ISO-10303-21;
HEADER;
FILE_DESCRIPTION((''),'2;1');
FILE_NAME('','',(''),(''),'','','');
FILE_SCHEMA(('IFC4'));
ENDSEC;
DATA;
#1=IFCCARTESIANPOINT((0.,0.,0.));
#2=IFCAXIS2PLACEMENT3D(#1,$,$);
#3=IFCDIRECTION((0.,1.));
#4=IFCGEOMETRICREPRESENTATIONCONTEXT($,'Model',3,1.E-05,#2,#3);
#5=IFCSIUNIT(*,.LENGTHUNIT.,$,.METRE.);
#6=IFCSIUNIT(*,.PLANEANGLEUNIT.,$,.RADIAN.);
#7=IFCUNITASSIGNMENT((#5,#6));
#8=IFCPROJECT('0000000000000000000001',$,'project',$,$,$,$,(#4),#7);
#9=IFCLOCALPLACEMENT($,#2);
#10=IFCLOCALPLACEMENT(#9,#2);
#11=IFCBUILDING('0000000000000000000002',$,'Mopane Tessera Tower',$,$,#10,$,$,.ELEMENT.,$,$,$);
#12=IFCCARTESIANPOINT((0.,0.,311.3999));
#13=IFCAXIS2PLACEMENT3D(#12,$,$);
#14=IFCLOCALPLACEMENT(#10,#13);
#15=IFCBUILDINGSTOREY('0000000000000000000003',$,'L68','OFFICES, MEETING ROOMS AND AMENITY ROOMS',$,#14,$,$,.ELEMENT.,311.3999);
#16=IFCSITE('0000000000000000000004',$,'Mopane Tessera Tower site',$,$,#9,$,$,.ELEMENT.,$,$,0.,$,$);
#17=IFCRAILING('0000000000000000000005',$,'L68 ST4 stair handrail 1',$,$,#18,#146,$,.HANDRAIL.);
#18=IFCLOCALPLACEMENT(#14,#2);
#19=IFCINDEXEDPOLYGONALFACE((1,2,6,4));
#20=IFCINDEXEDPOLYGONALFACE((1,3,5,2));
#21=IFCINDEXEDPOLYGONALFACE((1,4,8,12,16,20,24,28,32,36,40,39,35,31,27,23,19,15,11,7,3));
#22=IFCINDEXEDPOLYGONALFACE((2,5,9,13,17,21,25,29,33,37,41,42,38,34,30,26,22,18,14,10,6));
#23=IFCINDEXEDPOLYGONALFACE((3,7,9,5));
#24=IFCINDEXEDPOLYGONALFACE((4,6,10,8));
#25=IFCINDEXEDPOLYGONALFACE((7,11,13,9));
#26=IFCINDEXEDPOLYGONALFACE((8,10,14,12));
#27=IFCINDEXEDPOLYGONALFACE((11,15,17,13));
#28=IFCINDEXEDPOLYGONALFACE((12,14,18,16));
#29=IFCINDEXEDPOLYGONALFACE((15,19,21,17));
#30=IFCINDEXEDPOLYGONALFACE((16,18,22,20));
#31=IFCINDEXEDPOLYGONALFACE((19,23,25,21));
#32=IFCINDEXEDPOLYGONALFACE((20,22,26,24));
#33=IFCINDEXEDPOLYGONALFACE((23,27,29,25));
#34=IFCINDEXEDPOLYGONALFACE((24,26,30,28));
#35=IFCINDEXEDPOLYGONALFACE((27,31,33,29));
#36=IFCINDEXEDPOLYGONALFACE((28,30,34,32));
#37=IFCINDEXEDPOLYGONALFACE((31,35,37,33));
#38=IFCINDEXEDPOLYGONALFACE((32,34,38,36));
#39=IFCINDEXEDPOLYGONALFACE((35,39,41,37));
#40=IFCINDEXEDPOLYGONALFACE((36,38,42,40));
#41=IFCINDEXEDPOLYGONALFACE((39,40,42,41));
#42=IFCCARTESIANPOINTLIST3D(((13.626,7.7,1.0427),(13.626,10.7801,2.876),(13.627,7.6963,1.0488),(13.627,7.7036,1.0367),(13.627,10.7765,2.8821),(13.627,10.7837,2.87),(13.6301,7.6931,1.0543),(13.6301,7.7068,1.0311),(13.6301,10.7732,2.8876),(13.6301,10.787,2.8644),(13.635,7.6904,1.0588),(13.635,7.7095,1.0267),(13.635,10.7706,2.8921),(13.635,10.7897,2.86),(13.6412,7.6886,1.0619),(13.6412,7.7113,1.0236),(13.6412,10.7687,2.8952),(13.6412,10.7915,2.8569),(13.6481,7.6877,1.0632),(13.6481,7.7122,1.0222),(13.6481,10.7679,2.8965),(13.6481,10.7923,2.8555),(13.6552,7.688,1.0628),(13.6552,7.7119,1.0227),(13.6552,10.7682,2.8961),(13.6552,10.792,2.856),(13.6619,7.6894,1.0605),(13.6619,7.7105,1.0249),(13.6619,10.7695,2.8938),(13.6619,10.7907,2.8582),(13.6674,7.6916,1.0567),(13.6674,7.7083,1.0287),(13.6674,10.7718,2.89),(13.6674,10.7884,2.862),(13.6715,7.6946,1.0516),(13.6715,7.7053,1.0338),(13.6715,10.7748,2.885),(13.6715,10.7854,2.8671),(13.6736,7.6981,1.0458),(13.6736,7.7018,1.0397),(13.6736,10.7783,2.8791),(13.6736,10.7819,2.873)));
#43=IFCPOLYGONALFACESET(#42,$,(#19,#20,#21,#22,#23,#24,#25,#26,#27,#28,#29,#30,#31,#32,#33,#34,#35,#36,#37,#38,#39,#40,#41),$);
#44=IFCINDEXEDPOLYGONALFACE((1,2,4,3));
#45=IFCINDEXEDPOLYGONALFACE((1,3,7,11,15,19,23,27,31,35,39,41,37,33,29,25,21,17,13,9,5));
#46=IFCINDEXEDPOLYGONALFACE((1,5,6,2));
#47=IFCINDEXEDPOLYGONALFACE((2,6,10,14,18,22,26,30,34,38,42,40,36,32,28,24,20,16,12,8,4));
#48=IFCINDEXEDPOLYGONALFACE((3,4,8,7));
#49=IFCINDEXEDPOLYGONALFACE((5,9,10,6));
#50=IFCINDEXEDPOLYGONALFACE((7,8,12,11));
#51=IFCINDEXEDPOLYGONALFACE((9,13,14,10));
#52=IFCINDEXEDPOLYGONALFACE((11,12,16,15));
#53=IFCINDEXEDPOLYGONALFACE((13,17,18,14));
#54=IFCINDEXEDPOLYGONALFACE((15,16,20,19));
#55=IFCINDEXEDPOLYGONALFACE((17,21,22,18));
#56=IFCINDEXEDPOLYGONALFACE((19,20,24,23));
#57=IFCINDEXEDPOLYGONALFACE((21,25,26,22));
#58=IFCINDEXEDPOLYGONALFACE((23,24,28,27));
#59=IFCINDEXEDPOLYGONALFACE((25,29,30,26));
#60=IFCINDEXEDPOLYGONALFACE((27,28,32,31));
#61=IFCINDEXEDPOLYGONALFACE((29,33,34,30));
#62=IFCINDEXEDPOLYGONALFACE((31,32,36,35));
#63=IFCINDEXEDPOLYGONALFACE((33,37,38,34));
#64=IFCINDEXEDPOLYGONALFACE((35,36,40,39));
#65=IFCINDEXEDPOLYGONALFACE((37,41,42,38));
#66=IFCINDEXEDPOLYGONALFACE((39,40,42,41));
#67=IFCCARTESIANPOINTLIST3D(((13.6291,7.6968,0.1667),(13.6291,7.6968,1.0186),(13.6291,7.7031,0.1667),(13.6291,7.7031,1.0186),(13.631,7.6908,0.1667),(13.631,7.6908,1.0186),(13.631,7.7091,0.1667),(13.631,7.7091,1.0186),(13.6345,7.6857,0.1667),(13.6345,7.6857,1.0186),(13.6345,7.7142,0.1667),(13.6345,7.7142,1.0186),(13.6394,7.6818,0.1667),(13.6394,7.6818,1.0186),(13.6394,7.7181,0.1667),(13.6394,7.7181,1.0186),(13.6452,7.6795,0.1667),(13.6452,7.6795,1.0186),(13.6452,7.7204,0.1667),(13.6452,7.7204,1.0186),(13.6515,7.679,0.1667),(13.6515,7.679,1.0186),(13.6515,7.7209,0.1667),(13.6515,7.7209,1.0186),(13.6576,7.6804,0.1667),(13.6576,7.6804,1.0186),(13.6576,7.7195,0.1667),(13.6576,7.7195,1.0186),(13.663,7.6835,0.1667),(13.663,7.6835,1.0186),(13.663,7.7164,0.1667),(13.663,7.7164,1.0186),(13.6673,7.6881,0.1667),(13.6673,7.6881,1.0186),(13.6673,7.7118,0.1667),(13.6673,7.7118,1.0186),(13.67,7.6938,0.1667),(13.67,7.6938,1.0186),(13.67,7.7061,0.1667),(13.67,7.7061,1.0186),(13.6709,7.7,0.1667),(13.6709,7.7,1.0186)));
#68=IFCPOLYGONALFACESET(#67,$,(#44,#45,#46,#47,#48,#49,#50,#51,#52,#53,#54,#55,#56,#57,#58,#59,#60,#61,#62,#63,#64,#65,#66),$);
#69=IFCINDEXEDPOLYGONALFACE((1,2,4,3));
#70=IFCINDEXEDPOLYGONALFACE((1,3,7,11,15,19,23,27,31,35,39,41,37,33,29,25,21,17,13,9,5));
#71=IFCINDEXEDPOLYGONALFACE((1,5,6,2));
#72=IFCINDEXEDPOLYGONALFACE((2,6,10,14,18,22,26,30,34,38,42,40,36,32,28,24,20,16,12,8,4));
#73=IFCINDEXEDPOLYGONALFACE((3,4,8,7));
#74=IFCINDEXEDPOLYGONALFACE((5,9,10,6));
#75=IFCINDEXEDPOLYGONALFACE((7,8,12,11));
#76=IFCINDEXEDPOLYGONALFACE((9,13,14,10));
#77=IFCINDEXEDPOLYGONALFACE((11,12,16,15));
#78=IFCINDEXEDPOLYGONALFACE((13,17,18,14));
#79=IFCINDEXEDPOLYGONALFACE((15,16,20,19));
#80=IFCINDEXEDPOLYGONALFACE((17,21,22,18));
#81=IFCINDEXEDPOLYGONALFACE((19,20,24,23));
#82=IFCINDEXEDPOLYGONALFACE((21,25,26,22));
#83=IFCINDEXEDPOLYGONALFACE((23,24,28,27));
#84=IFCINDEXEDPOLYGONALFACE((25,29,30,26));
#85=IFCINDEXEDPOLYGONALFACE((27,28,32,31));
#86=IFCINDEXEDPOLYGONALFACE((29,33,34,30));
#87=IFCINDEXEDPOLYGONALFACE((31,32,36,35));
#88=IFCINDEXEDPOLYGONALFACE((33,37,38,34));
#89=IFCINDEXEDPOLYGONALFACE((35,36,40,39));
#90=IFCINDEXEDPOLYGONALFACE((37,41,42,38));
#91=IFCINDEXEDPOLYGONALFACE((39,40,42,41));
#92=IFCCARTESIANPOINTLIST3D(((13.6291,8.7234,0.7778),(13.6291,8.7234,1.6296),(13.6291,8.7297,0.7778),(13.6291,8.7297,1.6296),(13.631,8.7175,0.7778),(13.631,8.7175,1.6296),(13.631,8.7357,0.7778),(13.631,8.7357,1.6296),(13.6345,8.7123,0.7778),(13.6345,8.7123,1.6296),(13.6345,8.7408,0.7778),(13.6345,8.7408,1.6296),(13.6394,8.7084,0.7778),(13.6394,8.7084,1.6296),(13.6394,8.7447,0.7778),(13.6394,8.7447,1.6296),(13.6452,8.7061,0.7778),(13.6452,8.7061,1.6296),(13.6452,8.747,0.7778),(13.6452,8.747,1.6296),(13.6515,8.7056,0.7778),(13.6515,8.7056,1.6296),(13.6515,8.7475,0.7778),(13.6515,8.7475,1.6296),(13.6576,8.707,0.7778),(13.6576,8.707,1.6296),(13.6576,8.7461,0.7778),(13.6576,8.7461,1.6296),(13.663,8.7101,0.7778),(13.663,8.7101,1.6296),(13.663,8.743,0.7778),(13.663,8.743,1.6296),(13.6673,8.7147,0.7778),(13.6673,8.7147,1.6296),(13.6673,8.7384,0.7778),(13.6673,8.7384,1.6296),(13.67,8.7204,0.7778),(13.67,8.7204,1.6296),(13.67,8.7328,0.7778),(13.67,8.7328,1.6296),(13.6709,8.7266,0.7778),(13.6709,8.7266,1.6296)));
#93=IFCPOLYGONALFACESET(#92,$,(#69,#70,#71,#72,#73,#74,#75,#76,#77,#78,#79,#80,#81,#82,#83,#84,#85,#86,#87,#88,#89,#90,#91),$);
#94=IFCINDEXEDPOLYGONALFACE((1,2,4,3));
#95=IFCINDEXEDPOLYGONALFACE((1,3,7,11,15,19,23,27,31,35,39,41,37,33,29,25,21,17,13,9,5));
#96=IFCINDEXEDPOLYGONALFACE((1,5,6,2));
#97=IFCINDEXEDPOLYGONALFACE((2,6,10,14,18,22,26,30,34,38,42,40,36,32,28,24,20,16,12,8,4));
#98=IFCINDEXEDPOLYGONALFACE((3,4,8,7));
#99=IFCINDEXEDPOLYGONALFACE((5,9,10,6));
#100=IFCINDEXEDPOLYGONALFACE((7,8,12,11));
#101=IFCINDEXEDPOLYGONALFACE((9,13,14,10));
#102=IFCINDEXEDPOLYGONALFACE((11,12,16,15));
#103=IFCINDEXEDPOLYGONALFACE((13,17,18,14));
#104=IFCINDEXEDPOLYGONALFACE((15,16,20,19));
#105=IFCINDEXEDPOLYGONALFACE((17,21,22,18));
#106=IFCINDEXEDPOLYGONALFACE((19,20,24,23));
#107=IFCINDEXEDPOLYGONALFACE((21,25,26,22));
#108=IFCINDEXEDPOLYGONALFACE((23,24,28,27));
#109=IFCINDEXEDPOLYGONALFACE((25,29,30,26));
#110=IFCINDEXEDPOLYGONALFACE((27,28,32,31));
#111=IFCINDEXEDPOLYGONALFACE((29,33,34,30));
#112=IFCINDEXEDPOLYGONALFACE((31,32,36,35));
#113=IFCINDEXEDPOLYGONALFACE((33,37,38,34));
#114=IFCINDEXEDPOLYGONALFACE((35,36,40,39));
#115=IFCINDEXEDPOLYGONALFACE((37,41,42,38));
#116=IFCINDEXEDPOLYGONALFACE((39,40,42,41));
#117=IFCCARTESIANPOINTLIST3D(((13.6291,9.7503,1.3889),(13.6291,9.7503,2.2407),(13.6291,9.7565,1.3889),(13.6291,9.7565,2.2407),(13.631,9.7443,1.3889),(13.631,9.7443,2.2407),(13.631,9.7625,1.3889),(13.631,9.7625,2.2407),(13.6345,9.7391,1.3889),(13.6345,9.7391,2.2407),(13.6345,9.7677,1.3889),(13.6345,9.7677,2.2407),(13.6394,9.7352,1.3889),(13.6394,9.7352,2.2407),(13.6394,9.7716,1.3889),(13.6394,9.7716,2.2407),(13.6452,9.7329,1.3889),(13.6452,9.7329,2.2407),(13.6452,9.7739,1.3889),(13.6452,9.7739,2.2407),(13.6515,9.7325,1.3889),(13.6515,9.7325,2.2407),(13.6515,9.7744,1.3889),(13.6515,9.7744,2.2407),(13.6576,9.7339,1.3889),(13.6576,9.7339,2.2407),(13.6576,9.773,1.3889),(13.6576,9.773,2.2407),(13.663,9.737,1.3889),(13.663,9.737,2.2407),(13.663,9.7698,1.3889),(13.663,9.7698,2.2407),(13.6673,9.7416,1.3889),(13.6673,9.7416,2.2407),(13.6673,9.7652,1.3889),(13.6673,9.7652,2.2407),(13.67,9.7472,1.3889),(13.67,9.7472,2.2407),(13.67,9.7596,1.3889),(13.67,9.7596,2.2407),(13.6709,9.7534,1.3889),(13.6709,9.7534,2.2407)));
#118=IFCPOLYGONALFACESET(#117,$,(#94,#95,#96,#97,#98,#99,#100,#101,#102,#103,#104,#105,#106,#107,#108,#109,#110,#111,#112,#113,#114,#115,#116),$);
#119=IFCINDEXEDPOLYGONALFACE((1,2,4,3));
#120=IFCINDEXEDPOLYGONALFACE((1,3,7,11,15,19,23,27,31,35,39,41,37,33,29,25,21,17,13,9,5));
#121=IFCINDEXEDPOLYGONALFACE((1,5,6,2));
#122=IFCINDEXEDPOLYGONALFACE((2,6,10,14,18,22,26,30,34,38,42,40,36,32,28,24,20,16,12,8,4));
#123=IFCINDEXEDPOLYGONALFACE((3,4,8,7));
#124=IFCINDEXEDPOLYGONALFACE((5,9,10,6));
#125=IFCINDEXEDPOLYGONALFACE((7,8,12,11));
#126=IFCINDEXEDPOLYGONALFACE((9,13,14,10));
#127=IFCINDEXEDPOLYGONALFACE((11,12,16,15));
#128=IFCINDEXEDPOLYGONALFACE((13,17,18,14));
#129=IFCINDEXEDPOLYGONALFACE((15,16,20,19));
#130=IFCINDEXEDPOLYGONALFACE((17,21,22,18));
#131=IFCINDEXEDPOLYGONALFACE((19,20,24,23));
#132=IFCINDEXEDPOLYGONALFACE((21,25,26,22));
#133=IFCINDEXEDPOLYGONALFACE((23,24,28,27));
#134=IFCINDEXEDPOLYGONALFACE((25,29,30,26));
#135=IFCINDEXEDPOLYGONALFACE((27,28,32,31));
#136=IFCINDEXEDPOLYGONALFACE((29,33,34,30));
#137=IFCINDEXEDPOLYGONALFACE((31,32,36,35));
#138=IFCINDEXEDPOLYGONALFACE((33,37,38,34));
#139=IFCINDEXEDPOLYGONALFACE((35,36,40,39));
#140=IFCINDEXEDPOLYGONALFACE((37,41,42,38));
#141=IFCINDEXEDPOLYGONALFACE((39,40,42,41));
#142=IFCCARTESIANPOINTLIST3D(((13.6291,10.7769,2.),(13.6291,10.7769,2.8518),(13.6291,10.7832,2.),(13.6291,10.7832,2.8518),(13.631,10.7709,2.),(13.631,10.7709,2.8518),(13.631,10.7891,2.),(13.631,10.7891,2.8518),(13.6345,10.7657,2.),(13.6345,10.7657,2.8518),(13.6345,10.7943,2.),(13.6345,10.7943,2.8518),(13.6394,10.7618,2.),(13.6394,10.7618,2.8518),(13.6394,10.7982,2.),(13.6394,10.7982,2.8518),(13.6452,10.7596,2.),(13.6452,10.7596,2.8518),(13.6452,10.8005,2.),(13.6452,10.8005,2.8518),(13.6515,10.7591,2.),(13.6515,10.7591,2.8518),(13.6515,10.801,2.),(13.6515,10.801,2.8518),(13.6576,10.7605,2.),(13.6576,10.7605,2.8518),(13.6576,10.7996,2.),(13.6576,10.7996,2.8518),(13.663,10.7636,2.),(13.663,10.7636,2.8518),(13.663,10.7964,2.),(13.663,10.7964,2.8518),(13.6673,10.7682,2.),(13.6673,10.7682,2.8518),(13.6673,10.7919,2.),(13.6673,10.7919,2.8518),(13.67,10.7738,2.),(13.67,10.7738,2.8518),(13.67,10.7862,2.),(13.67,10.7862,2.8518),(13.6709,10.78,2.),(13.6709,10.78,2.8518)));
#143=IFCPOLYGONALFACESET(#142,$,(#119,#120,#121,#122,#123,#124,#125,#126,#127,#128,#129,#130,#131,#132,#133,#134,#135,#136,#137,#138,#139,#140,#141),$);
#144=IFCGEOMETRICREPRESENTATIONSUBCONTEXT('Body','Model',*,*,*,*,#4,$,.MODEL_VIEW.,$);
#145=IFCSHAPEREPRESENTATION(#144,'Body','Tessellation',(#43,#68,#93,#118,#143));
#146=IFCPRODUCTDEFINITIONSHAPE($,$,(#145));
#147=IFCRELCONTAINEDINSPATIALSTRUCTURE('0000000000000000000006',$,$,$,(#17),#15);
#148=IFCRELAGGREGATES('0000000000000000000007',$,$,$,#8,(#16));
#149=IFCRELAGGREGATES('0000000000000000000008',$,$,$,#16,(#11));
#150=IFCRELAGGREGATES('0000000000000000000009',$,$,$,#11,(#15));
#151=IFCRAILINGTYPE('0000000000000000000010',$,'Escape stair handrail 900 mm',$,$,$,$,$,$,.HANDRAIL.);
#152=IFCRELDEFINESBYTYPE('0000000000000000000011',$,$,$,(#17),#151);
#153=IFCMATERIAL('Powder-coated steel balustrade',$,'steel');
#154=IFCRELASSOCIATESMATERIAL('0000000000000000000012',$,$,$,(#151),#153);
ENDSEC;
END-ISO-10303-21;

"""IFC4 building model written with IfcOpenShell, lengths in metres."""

from ifc_helpers import new_model, si_unit, direction, frame, origin, origin_2d, place, context, subcontext, project, spatial, circle, extrude, material, type_object, element, save


model = new_model("IFC4")

# Units and contexts
model_context = context("Model", 3, precision=1e-05, world=origin(), true_north=direction((0.0, 1.0)))
body_context = subcontext(model_context, "Body", "Model", "MODEL_VIEW")
ifc_project = project(units=[si_unit("LENGTHUNIT", "METRE"), si_unit("PLANEANGLEUNIT", "RADIAN")], contexts=[model_context])

# Site, building, storey
site_placement = place(None, origin())
site = spatial("IfcSite", under=ifc_project, at=site_placement, Name="Mopane Tessera Tower site", CompositionType="ELEMENT", RefElevation=0.0)
building_placement = place(site_placement, origin())
building = spatial("IfcBuilding", under=site, at=building_placement, Name="Mopane Tessera Tower", CompositionType="ELEMENT")
storey_placement = place(building_placement, frame((0.0, 0.0, 311.3999)))
storey = spatial("IfcBuildingStorey", under=building, at=storey_placement, Name="L68", Description="OFFICES, MEETING ROOMS AND AMENITY ROOMS", CompositionType="ELEMENT", Elevation=311.3999)

# Railing
ifc_material_1 = material(Name="Powder-coated steel balustrade", Category="steel")
railing_type_1 = type_object("IfcRailingType", Name="Escape stair handrail 900 mm", PredefinedType="HANDRAIL", material=ifc_material_1)
railing_1_placement = place(storey_placement, frame((13.6499, 7.7, 0.1667)))
element("IfcRailing", 1, at=railing_1_placement, inside=storey, type_object=railing_type_1, Name="L68 ST4 stair handrail 1", PredefinedType="HANDRAIL", context=body_context, shape_type="SweptSolid", body=[
    extrude(circle(Radius=0.0239, at=origin_2d()), frame((0.0, 0.0, 0.876), z_axis=(0.0, 0.859309, 0.511458), x_axis=(-1.0, 0.0, 0.0)), (0.0, 0.0, 1.0), 3.5845),
    extrude(circle(Radius=0.021, at=origin_2d()), origin(), (0.0, 0.0, 1.0), 0.8518),
    extrude(circle(Radius=0.021, at=origin_2d()), frame((0.0, 1.0266, 0.6111)), (0.0, 0.0, 1.0), 0.8518),
    extrude(circle(Radius=0.021, at=origin_2d()), frame((0.0, 2.0535, 1.2222)), (0.0, 0.0, 1.0), 0.8518),
    extrude(circle(Radius=0.021, at=origin_2d()), frame((0.0, 3.0801, 1.8333)), (0.0, 0.0, 1.0), 0.8518),
])

save(model, "model.ifc")
